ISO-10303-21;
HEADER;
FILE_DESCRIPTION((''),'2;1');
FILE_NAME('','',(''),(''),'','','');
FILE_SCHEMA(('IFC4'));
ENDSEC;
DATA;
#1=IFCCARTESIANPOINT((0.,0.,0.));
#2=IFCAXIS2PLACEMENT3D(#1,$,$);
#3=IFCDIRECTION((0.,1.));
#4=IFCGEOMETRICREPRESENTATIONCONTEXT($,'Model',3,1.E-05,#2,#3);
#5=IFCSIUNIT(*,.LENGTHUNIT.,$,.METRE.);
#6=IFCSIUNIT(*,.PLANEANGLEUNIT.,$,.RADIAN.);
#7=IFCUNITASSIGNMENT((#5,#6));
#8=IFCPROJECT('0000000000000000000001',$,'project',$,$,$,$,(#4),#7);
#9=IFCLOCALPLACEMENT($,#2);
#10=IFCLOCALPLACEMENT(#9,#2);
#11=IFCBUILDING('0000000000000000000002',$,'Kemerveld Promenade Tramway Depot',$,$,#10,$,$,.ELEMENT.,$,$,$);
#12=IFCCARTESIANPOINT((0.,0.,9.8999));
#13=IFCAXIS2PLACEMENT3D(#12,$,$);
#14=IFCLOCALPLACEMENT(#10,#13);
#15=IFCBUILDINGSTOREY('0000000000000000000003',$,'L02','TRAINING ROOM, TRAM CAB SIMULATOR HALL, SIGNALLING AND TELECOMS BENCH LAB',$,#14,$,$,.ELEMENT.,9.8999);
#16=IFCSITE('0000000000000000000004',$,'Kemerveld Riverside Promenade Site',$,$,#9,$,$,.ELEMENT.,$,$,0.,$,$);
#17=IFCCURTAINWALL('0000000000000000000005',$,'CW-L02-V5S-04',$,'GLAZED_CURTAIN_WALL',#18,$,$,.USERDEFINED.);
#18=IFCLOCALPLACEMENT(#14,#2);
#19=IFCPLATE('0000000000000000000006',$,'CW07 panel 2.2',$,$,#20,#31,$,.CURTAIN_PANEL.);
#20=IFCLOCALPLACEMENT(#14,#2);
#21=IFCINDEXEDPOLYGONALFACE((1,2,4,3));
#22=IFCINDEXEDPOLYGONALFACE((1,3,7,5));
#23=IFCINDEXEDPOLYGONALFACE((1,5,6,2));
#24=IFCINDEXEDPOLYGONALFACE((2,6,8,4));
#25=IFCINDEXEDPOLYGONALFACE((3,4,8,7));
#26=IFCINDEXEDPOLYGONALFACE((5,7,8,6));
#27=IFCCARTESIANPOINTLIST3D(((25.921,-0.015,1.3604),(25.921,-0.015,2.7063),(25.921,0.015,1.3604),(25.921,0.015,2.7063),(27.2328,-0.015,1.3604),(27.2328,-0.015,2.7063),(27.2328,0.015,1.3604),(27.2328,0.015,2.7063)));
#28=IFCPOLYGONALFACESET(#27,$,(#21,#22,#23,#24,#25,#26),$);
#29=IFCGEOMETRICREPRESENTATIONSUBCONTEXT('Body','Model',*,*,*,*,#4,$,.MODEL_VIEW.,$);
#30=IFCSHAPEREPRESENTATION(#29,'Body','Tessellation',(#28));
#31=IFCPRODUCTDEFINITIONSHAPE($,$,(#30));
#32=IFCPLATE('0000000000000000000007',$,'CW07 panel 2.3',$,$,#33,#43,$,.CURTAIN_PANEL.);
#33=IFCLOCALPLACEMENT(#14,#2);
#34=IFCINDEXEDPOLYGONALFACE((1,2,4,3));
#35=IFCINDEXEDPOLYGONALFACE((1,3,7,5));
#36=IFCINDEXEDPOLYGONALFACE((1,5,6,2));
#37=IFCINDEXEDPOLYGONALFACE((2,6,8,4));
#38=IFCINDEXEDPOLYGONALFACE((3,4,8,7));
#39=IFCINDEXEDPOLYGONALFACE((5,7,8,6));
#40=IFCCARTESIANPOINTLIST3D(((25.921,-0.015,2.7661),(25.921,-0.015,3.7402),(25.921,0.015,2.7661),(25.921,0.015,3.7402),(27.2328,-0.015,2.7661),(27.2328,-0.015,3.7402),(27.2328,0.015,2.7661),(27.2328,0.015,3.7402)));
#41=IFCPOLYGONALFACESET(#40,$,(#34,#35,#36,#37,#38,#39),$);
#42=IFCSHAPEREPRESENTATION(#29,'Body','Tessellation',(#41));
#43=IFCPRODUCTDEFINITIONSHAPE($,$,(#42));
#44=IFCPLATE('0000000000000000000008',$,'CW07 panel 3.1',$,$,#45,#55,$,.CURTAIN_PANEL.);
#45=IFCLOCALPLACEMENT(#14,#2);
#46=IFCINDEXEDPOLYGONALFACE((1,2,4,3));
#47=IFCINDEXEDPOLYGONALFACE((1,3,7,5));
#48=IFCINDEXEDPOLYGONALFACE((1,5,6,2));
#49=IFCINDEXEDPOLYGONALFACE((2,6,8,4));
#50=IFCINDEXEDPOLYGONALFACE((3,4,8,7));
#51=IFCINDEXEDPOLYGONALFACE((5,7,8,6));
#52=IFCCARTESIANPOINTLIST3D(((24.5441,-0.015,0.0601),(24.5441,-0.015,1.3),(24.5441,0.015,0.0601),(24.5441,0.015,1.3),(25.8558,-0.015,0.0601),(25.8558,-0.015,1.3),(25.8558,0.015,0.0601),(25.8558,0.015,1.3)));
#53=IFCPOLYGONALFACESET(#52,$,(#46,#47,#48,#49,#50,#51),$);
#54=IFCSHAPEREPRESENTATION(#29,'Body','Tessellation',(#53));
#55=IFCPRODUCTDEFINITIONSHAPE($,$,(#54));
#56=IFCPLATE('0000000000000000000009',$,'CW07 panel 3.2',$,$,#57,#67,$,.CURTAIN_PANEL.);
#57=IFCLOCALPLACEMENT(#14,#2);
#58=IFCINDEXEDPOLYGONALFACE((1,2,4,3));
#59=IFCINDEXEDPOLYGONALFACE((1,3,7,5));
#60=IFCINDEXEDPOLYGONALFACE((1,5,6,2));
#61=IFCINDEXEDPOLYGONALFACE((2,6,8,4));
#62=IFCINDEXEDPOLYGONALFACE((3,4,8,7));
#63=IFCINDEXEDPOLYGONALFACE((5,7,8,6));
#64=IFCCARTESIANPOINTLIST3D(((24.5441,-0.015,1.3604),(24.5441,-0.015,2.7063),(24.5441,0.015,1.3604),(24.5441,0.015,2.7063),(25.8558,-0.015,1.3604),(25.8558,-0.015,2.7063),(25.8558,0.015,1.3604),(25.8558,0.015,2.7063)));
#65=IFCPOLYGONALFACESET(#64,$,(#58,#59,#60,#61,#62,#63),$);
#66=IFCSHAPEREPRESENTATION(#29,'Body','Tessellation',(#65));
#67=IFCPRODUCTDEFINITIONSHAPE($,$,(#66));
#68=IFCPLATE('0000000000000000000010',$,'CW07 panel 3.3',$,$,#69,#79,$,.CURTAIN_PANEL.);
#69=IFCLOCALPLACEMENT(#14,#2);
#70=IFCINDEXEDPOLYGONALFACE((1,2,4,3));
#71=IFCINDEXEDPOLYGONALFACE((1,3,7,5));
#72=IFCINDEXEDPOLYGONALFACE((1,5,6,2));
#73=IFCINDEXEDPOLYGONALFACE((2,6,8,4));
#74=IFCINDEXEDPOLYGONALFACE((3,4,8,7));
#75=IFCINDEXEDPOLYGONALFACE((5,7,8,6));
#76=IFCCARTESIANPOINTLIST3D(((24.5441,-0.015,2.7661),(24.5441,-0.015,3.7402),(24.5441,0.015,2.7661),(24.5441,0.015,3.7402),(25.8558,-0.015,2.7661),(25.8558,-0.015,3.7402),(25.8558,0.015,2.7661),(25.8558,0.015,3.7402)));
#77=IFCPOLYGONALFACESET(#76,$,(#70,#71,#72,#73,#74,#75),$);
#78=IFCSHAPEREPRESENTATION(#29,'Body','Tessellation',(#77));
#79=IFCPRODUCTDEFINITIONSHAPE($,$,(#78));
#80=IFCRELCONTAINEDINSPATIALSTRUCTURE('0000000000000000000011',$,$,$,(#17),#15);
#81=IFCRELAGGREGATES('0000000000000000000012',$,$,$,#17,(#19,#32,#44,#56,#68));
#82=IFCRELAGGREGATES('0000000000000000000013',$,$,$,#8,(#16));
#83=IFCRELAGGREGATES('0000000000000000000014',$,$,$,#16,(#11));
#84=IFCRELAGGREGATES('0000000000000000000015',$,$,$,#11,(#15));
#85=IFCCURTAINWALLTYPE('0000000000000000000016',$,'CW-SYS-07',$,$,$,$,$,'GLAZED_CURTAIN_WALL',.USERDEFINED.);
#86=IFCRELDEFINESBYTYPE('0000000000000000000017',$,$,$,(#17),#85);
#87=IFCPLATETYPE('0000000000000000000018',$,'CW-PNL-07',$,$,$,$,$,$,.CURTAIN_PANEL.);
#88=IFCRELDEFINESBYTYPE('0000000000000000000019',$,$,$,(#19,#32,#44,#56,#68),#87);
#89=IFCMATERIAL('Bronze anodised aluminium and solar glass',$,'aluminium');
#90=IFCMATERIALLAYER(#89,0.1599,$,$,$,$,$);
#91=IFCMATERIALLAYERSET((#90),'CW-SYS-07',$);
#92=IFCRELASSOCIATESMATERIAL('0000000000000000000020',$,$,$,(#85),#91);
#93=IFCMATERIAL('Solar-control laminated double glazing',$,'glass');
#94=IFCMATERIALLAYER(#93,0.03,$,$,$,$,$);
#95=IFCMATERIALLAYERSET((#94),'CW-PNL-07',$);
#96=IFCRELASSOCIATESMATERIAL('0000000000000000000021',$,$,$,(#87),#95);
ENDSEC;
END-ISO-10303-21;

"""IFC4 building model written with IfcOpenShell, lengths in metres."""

from ifc_helpers import new_model, si_unit, direction, frame, origin, origin_2d, place, context, subcontext, project, spatial, rectangle, extrude, material, layer, layer_set, type_object, element, aggregate, save


model = new_model("IFC4")

# Units and contexts
model_context = context("Model", 3, precision=1e-05, world=origin(), true_north=direction((0.0, 1.0)))
body_context = subcontext(model_context, "Body", "Model", "MODEL_VIEW")
ifc_project = project(units=[si_unit("LENGTHUNIT", "METRE"), si_unit("PLANEANGLEUNIT", "RADIAN")], contexts=[model_context])

# Site, building, storey
site_placement = place(None, origin())
site = spatial("IfcSite", under=ifc_project, at=site_placement, Name="Kemerveld Riverside Promenade Site", CompositionType="ELEMENT", RefElevation=0.0)
building_placement = place(site_placement, origin())
building = spatial("IfcBuilding", under=site, at=building_placement, Name="Kemerveld Promenade Tramway Depot", CompositionType="ELEMENT")
storey_placement = place(building_placement, frame((0.0, 0.0, 9.8999)))
storey = spatial("IfcBuildingStorey", under=building, at=storey_placement, Name="L02", Description="TRAINING ROOM, TRAM CAB SIMULATOR HALL, SIGNALLING AND TELECOMS BENCH LAB", CompositionType="ELEMENT", Elevation=9.8999)

# Curtain wall, plates
ifc_material_1 = material(Name="Bronze anodised aluminium and solar glass", Category="aluminium")
ifc_layer_1 = layer(ifc_material_1, 0.1599)
ifc_layer_set_1 = layer_set([ifc_layer_1], Name="CW-SYS-07")
curtain_wall_type = type_object("IfcCurtainWallType", Name="CW-SYS-07", ElementType="GLAZED_CURTAIN_WALL", PredefinedType="USERDEFINED", material=ifc_layer_set_1)
curtain_wall_placement = place(storey_placement, origin())
curtain_wall = element("IfcCurtainWall", 1, at=curtain_wall_placement, inside=storey, type_object=curtain_wall_type, Name="CW-L02-V5S-04", ObjectType="GLAZED_CURTAIN_WALL", PredefinedType="USERDEFINED")
ifc_material_2 = material(Name="Solar-control laminated double glazing", Category="glass")
ifc_layer_2 = layer(ifc_material_2, 0.03)
ifc_layer_set_2 = layer_set([ifc_layer_2], Name="CW-PNL-07")
plate_type = type_object("IfcPlateType", Name="CW-PNL-07", PredefinedType="CURTAIN_PANEL", material=ifc_layer_set_2)
plate_1_placement = place(storey_placement, frame((26.5769, 0.0, 1.3604), z_axis=(0.0, 0.0, 1.0), x_axis=(-1.0, 0.0, 0.0)))
plate_1 = element("IfcPlate", 2, at=plate_1_placement, type_object=plate_type, Name="CW07 panel 2.2", PredefinedType="CURTAIN_PANEL", context=body_context, shape_type="SweptSolid", body=[
    extrude(rectangle(XDim=1.3118, YDim=0.03, at=origin_2d()), origin(), (0.0, 0.0, 1.0), 1.3459),
])
plate_2_placement = place(storey_placement, frame((26.5769, 0.0, 2.7661), z_axis=(0.0, 0.0, 1.0), x_axis=(-1.0, 0.0, 0.0)))
plate_2 = element("IfcPlate", 3, at=plate_2_placement, type_object=plate_type, Name="CW07 panel 2.3", PredefinedType="CURTAIN_PANEL", context=body_context, shape_type="SweptSolid", body=[
    extrude(rectangle(XDim=1.3118, YDim=0.03, at=origin_2d()), origin(), (0.0, 0.0, 1.0), 0.9741),
])
plate_3_placement = place(storey_placement, frame((25.2, 0.0, 0.0601), z_axis=(0.0, 0.0, 1.0), x_axis=(-1.0, 0.0, 0.0)))
plate_3 = element("IfcPlate", 4, at=plate_3_placement, type_object=plate_type, Name="CW07 panel 3.1", PredefinedType="CURTAIN_PANEL", context=body_context, shape_type="SweptSolid", body=[
    extrude(rectangle(XDim=1.3118, YDim=0.03, at=origin_2d()), origin(), (0.0, 0.0, 1.0), 1.24),
])
plate_4_placement = place(storey_placement, frame((25.2, 0.0, 1.3604), z_axis=(0.0, 0.0, 1.0), x_axis=(-1.0, 0.0, 0.0)))
plate_4 = element("IfcPlate", 5, at=plate_4_placement, type_object=plate_type, Name="CW07 panel 3.2", PredefinedType="CURTAIN_PANEL", context=body_context, shape_type="SweptSolid", body=[
    extrude(rectangle(XDim=1.3118, YDim=0.03, at=origin_2d()), origin(), (0.0, 0.0, 1.0), 1.3459),
])
plate_5_placement = place(storey_placement, frame((25.2, 0.0, 2.7661), z_axis=(0.0, 0.0, 1.0), x_axis=(-1.0, 0.0, 0.0)))
plate_5 = element("IfcPlate", 6, at=plate_5_placement, type_object=plate_type, Name="CW07 panel 3.3", PredefinedType="CURTAIN_PANEL", context=body_context, shape_type="SweptSolid", body=[
    extrude(rectangle(XDim=1.3118, YDim=0.03, at=origin_2d()), origin(), (0.0, 0.0, 1.0), 0.9741),
])
aggregate(curtain_wall, [plate_1, plate_2, plate_3, plate_4, plate_5])

save(model, "model.ifc")
